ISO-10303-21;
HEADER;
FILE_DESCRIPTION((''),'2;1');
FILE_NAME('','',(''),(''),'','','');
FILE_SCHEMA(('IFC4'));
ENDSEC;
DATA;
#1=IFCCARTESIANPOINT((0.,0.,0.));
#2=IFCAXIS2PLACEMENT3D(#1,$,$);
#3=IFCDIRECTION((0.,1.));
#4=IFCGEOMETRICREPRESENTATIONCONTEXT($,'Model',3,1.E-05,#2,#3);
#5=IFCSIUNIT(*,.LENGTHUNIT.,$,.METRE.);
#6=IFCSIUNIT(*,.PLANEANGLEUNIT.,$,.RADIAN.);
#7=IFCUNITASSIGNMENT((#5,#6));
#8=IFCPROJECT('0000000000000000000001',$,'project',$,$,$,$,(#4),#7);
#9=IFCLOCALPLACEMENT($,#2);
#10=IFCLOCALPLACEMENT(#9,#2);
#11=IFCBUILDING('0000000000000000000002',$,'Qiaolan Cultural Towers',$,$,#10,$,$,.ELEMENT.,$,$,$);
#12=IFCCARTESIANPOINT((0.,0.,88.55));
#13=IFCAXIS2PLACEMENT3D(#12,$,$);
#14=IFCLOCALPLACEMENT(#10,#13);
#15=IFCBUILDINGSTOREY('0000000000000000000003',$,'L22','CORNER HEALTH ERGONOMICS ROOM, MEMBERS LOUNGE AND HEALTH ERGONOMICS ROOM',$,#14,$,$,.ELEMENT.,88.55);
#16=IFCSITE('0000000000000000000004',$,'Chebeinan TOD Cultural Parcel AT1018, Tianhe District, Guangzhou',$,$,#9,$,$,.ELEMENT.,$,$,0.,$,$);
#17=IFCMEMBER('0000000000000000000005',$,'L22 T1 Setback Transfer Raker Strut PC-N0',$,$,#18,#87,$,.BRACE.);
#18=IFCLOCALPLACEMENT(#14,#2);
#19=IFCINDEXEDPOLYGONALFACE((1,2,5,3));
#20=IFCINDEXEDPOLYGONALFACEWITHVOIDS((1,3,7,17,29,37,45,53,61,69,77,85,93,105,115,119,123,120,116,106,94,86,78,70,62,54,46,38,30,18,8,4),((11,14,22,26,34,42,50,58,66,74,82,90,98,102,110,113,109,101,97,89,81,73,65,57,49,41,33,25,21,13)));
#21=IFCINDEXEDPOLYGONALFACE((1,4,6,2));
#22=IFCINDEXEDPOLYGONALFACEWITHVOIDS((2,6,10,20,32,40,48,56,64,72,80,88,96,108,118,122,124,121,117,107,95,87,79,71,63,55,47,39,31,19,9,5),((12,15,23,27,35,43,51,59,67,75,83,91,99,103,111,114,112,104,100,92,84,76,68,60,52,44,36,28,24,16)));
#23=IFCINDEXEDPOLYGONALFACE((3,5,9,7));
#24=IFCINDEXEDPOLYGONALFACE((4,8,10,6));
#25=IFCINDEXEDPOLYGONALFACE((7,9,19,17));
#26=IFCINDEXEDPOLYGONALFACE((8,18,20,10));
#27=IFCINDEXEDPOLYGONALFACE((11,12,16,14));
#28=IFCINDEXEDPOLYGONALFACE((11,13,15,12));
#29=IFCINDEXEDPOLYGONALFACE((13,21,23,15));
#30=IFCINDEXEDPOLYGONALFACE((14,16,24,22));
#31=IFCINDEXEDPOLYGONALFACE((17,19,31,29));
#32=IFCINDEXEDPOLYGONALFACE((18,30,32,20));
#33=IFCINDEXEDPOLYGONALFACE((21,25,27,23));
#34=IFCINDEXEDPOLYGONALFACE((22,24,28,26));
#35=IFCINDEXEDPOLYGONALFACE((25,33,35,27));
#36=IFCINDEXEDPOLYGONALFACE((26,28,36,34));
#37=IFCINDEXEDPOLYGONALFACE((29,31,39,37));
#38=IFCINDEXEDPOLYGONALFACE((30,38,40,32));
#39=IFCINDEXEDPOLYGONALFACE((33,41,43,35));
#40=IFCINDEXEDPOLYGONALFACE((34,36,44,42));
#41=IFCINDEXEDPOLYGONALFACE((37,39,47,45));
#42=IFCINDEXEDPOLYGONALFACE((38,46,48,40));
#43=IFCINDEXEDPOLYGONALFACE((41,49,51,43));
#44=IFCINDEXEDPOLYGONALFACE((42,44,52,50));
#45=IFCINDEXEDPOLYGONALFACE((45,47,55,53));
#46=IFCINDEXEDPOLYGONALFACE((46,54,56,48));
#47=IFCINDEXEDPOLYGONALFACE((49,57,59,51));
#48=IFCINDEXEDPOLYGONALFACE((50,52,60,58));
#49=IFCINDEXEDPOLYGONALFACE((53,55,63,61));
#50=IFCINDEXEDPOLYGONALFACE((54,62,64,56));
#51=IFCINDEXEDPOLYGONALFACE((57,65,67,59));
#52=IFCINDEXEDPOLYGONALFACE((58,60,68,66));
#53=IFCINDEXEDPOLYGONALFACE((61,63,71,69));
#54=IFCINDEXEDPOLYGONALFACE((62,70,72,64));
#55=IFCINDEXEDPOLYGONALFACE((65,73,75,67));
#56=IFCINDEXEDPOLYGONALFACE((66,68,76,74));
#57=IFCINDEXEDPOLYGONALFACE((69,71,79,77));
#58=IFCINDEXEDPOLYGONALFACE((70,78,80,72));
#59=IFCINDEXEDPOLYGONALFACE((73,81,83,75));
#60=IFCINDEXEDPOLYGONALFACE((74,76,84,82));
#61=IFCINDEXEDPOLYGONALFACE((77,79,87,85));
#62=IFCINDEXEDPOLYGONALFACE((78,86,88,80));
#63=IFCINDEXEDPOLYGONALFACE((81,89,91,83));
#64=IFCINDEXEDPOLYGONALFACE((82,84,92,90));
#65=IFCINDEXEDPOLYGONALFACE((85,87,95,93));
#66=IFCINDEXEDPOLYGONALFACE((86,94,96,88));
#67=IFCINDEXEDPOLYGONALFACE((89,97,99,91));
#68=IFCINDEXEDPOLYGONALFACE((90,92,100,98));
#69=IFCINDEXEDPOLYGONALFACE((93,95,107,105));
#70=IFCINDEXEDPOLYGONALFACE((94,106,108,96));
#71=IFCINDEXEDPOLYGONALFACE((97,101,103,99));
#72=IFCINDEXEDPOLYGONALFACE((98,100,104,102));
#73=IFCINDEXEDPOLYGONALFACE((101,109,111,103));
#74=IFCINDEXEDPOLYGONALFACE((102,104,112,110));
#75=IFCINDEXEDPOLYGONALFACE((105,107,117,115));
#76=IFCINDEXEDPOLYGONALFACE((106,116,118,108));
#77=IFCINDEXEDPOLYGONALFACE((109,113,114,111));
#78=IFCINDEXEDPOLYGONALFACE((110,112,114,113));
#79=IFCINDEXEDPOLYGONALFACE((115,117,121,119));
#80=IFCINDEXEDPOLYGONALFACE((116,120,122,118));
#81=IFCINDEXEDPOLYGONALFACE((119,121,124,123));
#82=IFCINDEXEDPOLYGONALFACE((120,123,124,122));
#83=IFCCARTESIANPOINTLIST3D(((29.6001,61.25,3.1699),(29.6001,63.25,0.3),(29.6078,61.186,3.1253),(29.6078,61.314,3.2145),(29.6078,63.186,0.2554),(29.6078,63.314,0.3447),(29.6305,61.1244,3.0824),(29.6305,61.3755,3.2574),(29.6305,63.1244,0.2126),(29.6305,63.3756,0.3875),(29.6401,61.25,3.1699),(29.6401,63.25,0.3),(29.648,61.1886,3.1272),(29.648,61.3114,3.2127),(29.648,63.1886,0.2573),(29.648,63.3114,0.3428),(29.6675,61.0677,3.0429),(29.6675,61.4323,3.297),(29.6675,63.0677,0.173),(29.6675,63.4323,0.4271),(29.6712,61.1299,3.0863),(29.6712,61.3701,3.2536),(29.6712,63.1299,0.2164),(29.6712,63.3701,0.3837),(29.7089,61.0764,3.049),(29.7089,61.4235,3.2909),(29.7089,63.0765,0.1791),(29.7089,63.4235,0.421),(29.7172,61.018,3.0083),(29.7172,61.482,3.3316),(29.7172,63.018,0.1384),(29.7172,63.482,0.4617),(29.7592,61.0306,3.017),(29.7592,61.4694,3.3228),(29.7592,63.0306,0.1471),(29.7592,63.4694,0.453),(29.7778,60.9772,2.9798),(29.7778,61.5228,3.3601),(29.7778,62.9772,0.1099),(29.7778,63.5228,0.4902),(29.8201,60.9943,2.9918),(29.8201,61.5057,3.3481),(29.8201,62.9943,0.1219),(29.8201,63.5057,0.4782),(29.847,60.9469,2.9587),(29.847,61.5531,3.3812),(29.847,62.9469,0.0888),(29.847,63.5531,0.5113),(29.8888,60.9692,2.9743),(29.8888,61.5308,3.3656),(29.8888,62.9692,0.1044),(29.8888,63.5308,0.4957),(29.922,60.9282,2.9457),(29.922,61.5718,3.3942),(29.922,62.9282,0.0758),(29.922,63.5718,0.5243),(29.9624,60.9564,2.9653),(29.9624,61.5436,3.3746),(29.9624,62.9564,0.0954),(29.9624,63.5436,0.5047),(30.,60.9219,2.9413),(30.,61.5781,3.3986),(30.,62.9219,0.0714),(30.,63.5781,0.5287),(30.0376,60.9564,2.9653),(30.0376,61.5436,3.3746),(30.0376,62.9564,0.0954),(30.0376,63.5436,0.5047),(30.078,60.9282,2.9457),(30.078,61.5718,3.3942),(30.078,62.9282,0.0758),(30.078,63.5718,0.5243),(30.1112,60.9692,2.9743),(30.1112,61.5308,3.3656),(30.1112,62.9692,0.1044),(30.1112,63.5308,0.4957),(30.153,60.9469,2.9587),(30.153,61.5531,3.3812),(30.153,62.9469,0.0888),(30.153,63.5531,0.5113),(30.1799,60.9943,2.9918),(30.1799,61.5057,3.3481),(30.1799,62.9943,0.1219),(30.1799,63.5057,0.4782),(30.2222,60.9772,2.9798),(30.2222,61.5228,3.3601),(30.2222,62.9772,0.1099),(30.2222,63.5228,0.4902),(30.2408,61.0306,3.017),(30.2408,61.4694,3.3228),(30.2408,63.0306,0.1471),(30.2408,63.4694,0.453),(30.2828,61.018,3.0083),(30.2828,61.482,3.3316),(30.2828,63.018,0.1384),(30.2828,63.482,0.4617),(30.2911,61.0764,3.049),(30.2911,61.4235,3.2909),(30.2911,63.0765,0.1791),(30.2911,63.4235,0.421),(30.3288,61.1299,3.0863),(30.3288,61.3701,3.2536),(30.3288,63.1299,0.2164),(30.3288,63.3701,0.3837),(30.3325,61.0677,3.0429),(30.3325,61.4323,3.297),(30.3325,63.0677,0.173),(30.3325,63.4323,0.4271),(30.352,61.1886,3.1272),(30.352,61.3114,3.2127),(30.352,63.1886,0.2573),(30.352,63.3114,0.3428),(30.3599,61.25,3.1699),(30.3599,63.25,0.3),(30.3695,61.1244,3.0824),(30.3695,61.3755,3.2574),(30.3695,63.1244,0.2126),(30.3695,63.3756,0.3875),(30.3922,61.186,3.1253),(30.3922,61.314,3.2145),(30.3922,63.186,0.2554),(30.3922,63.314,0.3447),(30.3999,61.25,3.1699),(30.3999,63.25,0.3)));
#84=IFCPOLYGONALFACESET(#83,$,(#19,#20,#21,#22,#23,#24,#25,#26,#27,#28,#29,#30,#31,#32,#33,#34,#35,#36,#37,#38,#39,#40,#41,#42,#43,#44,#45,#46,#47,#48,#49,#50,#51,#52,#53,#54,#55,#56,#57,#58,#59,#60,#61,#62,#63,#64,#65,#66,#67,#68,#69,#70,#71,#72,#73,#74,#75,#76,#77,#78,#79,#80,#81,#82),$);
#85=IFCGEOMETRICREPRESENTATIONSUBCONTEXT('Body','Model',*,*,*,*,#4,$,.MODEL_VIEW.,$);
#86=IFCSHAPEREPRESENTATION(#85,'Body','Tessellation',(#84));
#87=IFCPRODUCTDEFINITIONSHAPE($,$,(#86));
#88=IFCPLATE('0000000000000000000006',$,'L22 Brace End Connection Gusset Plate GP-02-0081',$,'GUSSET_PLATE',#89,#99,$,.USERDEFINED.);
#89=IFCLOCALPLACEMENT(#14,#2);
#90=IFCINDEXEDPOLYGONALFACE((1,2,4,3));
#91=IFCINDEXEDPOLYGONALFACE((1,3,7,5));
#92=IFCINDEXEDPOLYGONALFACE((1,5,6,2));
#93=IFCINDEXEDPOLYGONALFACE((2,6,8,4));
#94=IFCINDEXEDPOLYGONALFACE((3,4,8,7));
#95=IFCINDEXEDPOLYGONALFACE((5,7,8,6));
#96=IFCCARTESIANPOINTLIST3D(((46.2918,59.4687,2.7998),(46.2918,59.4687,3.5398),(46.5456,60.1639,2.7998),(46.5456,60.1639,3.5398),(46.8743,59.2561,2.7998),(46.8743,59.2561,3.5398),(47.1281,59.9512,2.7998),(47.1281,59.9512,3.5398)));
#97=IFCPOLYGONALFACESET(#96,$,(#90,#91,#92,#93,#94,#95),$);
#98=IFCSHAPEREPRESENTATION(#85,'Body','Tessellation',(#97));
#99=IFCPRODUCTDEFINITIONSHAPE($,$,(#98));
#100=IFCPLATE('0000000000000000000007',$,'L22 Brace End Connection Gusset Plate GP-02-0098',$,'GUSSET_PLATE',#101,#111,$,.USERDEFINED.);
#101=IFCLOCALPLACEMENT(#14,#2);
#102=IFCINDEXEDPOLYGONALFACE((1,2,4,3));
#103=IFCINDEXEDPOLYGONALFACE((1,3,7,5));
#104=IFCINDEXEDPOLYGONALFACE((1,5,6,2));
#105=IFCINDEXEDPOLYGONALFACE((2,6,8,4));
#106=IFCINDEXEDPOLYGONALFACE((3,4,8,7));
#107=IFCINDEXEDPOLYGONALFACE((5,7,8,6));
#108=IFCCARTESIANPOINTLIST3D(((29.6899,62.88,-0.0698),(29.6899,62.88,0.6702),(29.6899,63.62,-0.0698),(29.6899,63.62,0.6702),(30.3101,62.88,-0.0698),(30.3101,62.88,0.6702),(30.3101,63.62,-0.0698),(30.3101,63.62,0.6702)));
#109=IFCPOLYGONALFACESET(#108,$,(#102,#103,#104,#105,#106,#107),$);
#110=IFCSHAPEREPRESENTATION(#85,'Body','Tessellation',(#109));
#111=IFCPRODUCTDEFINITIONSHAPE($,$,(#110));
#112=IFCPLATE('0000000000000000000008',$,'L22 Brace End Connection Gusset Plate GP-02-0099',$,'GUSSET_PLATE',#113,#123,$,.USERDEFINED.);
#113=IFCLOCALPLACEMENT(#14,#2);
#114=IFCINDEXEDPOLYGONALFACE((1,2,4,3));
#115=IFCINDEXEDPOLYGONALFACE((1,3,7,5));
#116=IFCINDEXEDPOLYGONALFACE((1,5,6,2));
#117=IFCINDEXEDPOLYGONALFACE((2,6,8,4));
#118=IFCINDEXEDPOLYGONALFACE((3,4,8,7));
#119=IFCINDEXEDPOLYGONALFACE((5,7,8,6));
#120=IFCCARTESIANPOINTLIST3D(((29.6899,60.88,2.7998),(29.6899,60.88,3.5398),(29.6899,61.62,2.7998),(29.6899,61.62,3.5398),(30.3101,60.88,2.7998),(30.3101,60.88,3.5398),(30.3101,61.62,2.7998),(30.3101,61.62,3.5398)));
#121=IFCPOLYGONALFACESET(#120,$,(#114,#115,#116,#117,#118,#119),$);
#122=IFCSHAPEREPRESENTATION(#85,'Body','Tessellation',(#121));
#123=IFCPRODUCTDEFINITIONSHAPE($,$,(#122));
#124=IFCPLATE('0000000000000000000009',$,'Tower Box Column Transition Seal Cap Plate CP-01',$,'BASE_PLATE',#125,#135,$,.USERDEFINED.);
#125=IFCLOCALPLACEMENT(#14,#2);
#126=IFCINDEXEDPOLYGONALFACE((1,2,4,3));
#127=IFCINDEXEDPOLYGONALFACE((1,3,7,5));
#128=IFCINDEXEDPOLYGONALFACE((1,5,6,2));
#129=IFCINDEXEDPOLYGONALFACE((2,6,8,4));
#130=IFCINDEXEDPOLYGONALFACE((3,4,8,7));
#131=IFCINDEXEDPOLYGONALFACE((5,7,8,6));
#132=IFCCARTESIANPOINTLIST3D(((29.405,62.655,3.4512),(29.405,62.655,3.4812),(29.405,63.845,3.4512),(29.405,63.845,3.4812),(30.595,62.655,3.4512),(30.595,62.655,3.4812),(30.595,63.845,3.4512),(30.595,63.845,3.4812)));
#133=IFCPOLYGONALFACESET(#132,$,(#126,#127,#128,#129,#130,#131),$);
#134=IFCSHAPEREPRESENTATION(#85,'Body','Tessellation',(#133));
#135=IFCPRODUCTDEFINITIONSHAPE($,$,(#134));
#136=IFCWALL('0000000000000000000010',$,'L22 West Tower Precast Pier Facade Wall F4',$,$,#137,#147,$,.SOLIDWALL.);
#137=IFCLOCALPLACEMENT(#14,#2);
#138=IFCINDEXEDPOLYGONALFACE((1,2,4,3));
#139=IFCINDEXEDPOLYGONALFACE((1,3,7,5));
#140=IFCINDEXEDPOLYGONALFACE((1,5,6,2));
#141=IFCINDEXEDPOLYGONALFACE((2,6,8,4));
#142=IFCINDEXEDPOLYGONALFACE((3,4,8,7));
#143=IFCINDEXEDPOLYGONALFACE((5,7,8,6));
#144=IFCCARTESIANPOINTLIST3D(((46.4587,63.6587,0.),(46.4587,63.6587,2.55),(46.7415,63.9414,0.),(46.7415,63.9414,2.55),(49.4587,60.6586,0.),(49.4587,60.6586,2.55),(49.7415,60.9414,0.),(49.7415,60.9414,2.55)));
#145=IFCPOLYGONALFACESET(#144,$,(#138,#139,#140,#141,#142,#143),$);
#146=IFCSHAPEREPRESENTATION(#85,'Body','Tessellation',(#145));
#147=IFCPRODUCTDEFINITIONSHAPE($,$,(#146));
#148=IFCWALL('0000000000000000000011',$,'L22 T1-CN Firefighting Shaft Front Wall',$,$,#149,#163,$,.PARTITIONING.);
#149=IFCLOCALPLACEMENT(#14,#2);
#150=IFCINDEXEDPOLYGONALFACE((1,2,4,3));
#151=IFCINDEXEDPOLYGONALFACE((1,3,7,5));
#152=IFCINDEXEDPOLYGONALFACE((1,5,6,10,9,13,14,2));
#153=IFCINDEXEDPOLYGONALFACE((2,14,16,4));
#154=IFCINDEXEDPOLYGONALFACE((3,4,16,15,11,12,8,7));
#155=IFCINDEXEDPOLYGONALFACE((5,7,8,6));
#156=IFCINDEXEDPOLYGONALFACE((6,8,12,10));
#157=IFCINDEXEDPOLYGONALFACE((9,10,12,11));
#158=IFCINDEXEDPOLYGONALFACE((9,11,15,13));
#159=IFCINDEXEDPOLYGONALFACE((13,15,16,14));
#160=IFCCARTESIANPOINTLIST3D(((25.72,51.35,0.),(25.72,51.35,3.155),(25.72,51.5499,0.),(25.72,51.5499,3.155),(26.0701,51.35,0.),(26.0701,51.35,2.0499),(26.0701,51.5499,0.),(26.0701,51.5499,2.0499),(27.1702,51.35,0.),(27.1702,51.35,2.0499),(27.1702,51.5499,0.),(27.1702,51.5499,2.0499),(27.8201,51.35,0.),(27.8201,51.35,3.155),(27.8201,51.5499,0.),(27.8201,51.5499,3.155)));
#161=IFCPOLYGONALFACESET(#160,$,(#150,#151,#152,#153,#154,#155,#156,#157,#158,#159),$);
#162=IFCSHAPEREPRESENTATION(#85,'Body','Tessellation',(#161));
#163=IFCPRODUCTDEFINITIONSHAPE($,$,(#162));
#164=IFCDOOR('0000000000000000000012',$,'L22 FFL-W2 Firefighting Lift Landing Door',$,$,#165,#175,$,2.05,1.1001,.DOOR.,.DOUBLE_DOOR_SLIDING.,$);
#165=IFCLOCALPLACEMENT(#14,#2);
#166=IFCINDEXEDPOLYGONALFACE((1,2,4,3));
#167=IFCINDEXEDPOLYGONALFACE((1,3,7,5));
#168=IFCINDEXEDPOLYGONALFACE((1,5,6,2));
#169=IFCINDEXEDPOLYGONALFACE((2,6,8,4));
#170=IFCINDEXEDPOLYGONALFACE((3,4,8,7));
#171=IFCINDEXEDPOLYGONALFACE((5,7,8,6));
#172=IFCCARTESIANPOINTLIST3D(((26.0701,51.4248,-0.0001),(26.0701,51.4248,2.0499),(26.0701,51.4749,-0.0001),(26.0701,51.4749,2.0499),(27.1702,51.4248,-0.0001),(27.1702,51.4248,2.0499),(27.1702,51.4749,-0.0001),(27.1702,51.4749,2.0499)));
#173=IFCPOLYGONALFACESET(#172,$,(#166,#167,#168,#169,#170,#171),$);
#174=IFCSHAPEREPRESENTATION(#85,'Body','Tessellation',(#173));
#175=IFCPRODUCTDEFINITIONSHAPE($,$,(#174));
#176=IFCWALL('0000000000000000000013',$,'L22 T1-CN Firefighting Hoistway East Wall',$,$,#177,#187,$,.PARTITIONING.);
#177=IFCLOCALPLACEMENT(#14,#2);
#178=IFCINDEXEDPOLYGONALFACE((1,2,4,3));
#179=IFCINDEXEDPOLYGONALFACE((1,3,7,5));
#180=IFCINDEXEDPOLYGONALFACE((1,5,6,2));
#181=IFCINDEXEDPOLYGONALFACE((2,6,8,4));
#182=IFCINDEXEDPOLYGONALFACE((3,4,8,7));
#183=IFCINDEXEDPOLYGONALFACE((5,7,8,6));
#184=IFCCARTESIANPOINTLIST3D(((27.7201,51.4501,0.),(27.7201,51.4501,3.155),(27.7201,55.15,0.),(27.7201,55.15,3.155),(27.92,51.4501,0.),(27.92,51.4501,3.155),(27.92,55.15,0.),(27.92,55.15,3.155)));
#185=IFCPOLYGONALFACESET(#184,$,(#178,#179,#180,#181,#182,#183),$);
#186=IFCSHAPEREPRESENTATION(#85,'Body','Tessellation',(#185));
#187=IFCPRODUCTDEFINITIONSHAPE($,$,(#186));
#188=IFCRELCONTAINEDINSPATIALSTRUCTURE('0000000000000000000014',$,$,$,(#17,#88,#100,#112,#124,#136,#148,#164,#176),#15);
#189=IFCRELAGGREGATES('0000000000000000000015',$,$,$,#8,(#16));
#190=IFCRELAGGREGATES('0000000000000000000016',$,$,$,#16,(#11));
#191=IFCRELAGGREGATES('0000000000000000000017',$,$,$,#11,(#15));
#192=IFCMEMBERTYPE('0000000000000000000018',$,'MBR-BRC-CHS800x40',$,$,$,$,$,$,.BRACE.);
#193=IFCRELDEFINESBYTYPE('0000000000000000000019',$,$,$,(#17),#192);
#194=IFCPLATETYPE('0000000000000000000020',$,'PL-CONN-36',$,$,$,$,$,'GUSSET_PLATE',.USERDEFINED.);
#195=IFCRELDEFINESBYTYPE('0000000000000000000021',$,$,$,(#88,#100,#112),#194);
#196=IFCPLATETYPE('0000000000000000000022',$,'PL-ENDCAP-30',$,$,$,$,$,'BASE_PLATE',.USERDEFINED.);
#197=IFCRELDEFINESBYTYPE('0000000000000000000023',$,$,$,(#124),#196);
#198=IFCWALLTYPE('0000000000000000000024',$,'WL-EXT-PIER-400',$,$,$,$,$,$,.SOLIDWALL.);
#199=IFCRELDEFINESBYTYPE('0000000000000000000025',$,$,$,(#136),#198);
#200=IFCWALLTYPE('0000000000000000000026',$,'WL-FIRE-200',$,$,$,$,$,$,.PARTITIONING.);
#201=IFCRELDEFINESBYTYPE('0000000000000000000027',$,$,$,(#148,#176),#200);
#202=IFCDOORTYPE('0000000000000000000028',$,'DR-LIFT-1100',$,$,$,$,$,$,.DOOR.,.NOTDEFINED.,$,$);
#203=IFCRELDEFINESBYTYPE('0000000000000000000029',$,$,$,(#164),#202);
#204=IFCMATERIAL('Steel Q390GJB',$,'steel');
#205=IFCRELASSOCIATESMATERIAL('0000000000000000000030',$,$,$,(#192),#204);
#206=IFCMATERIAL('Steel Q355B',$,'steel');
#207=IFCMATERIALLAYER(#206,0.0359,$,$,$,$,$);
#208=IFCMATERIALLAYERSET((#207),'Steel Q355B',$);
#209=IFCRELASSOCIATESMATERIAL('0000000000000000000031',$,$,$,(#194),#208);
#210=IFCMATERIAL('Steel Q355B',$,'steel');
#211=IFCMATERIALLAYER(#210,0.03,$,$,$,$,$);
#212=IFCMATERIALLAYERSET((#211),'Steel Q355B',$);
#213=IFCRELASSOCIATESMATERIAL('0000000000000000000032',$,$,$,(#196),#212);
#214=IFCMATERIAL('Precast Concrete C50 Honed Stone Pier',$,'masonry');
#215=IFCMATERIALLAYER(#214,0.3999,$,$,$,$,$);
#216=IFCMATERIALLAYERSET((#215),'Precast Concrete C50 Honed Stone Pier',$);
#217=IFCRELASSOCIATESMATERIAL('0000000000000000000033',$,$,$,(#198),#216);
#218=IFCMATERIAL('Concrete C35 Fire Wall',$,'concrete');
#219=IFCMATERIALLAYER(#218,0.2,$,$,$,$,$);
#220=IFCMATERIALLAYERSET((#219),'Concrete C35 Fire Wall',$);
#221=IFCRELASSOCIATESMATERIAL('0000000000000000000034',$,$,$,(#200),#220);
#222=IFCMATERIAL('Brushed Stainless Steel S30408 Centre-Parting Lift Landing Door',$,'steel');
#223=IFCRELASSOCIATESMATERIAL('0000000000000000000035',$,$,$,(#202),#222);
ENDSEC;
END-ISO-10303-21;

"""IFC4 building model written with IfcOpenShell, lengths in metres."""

from ifc_helpers import new_model, si_unit, direction, frame, frame_2d, origin, origin_2d, place, context, subcontext, project, spatial, rectangle, hollow_circle, extrude, material, layer, layer_set, material_profile, profile_set, type_object, element, fill, save


model = new_model("IFC4")

# Units and contexts
model_context = context("Model", 3, precision=1e-05, world=origin(), true_north=direction((0.0, 1.0)))
body_context = subcontext(model_context, "Body", "Model", "MODEL_VIEW")
ifc_project = project(units=[si_unit("LENGTHUNIT", "METRE"), si_unit("PLANEANGLEUNIT", "RADIAN")], contexts=[model_context])

# Site, building, storey
site_placement = place(None, origin())
site = spatial("IfcSite", under=ifc_project, at=site_placement, Name="Chebeinan TOD Cultural Parcel AT1018, Tianhe District, Guangzhou", CompositionType="ELEMENT", RefElevation=0.0)
building_placement = place(site_placement, origin())
building = spatial("IfcBuilding", under=site, at=building_placement, Name="Qiaolan Cultural Towers", CompositionType="ELEMENT")
storey_placement = place(building_placement, frame((0.0, 0.0, 88.55)))
storey = spatial("IfcBuildingStorey", under=building, at=storey_placement, Name="L22", Description="CORNER HEALTH ERGONOMICS ROOM, MEMBERS LOUNGE AND HEALTH ERGONOMICS ROOM", CompositionType="ELEMENT", Elevation=88.55)

# Member
ifc_material_1 = material(Name="Steel Q390GJB", Category="steel")
ifc_material_profile_1 = material_profile(ifc_material_1, hollow_circle(Radius=0.3999, WallThickness=0.04, at=origin_2d()), Name="CHS800x40")
ifc_profile_set_1 = profile_set([ifc_material_profile_1], Name="Steel Q390GJB")
member_type = type_object("IfcMemberType", Name="MBR-BRC-CHS800x40", PredefinedType="BRACE", material=ifc_profile_set_1)
member_placement = place(storey_placement, frame((30.0, 63.25, 0.3), z_axis=(0.0, -0.571751, 0.820427), x_axis=(1.0, 0.0, 0.0)))
element("IfcMember", 1, at=member_placement, inside=storey, type_object=member_type, Name="L22 T1 Setback Transfer Raker Strut PC-N0", PredefinedType="BRACE", context=body_context, shape_type="SweptSolid", body=[
    extrude(hollow_circle(Radius=0.3999, WallThickness=0.04, at=origin_2d()), origin(), (0.0, 0.0, 1.0), 3.498),
])

# Plates
ifc_material_2 = material(Name="Steel Q355B", Category="steel")
ifc_layer_1 = layer(ifc_material_2, 0.0359)
ifc_layer_set_1 = layer_set([ifc_layer_1], Name="Steel Q355B")
plate_type_1 = type_object("IfcPlateType", Name="PL-CONN-36", ElementType="GUSSET_PLATE", PredefinedType="USERDEFINED", material=ifc_layer_set_1)
for number, where, z_axis, x_axis, name in (
    (2, (46.71, 59.71, 2.7998), (0.0, 0.0, 1.0), (0.34294, 0.939357, 0.0), "L22 Brace End Connection Gusset Plate GP-02-0081"),
    (3, (30.0, 63.25, -0.0698), (0.0, 0.0, 1.0), (0.0, 1.0, 0.0), "L22 Brace End Connection Gusset Plate GP-02-0098"),
    (4, (30.0, 61.25, 2.7998), (0.0, 0.0, 1.0), (0.0, 1.0, 0.0), "L22 Brace End Connection Gusset Plate GP-02-0099"),
):
    element("IfcPlate", number, at=place(storey_placement, frame(where, z_axis=z_axis, x_axis=x_axis)), inside=storey, type_object=plate_type_1, Name=name, ObjectType="GUSSET_PLATE", PredefinedType="USERDEFINED", context=body_context, shape_type="SweptSolid", body=[
        extrude(rectangle(XDim=0.74, YDim=0.6201, at=origin_2d()), origin(), (0.0, 0.0, 1.0), 0.74),
    ])
ifc_material_3 = material(Name="Steel Q355B", Category="steel")
ifc_layer_2 = layer(ifc_material_3, 0.03)
ifc_layer_set_2 = layer_set([ifc_layer_2], Name="Steel Q355B")
plate_type_2 = type_object("IfcPlateType", Name="PL-ENDCAP-30", ElementType="BASE_PLATE", PredefinedType="USERDEFINED", material=ifc_layer_set_2)
plate_placement = place(storey_placement, frame((30.0, 63.25, 3.4512), z_axis=(0.0, 0.0, 1.0), x_axis=(1.0, 0.0, 0.0)))
element("IfcPlate", 5, at=plate_placement, inside=storey, type_object=plate_type_2, Name="Tower Box Column Transition Seal Cap Plate CP-01", ObjectType="BASE_PLATE", PredefinedType="USERDEFINED", context=body_context, shape_type="SweptSolid", body=[
    extrude(rectangle(XDim=1.1899, YDim=1.1899, at=origin_2d()), origin(), (0.0, 0.0, 1.0), 0.03),
])

# Wall
ifc_material_4 = material(Name="Precast Concrete C50 Honed Stone Pier", Category="masonry")
ifc_layer_3 = layer(ifc_material_4, 0.3999)
ifc_layer_set_3 = layer_set([ifc_layer_3], Name="Precast Concrete C50 Honed Stone Pier")
wall_type_1 = type_object("IfcWallType", Name="WL-EXT-PIER-400", PredefinedType="SOLIDWALL", material=ifc_layer_set_3)
wall_1_placement = place(storey_placement, frame((46.6001, 63.8, 0.0), z_axis=(0.0, 0.0, 1.0), x_axis=(0.707107, -0.707107, 0.0)))
element("IfcWall", 6, at=wall_1_placement, inside=storey, type_object=wall_type_1, Name="L22 West Tower Precast Pier Facade Wall F4", PredefinedType="SOLIDWALL", context=body_context, shape_type="SweptSolid", body=[
    extrude(rectangle(XDim=4.2427, YDim=0.3999, at=frame_2d((2.1213, 0.0))), origin(), (0.0, 0.0, 1.0), 2.55),
])

# Wall, opening, door
ifc_material_5 = material(Name="Concrete C35 Fire Wall", Category="concrete")
ifc_layer_4 = layer(ifc_material_5, 0.2)
ifc_layer_set_4 = layer_set([ifc_layer_4], Name="Concrete C35 Fire Wall")
wall_type_2 = type_object("IfcWallType", Name="WL-FIRE-200", PredefinedType="PARTITIONING", material=ifc_layer_set_4)
wall_2_placement = place(storey_placement, frame((25.72, 51.45, 0.0), z_axis=(0.0, 0.0, 1.0), x_axis=(1.0, 0.0, 0.0)))
wall_2 = element("IfcWall", 7, at=wall_2_placement, inside=storey, type_object=wall_type_2, Name="L22 T1-CN Firefighting Shaft Front Wall", PredefinedType="PARTITIONING", context=body_context, shape_type="SweptSolid", body=[
    extrude(rectangle(XDim=2.1001, YDim=0.2, at=frame_2d((1.05, 0.0))), origin(), (0.0, 0.0, 1.0), 3.155),
])
opening_1_placement = place(wall_2_placement, frame((0.3501, 0.0, 0.0)))
opening_1 = element("IfcOpeningElement", 8, at=opening_1_placement, cuts=wall_2, PredefinedType="OPENING", context=body_context, shape_type="SweptSolid", body=[
    extrude(rectangle(XDim=1.1001, YDim=2.05, at=frame_2d((0.55, 1.0249))), frame((0.0, 0.1099, 0.0), z_axis=(0.0, -1.0, 0.0), x_axis=(1.0, 0.0, 0.0)), (0.0, 0.0, 1.0), 0.22),
])
ifc_material_6 = material(Name="Brushed Stainless Steel S30408 Centre-Parting Lift Landing Door", Category="steel")
door_type = type_object("IfcDoorType", Name="DR-LIFT-1100", OperationType="NOTDEFINED", PredefinedType="DOOR", material=ifc_material_6)
door_1_placement = place(opening_1_placement, origin())
door_1 = element("IfcDoor", 9, at=door_1_placement, inside=storey, type_object=door_type, Name="L22 FFL-W2 Firefighting Lift Landing Door", OperationType="DOUBLE_DOOR_SLIDING", OverallHeight=2.05, OverallWidth=1.1001, PredefinedType="DOOR", context=body_context, shape_type="SweptSolid", body=[
    extrude(rectangle(XDim=1.1001, YDim=2.05, at=frame_2d((0.55, 1.0249))), frame((0.0, 0.0249, 0.0), z_axis=(0.0, -1.0, 0.0), x_axis=(1.0, 0.0, 0.0)), (0.0, 0.0, 1.0), 0.05),
])
fill(opening_1, door_1)

# Wall
wall_3_placement = place(storey_placement, frame((27.8201, 51.45, 0.0), z_axis=(0.0, 0.0, 1.0), x_axis=(0.0, 1.0, 0.0)))
element("IfcWall", 10, at=wall_3_placement, inside=storey, type_object=wall_type_2, Name="L22 T1-CN Firefighting Hoistway East Wall", PredefinedType="PARTITIONING", context=body_context, shape_type="SweptSolid", body=[
    extrude(rectangle(XDim=3.7, YDim=0.2, at=frame_2d((1.8501, 0.0))), origin(), (0.0, 0.0, 1.0), 3.155),
])

save(model, "model.ifc")
